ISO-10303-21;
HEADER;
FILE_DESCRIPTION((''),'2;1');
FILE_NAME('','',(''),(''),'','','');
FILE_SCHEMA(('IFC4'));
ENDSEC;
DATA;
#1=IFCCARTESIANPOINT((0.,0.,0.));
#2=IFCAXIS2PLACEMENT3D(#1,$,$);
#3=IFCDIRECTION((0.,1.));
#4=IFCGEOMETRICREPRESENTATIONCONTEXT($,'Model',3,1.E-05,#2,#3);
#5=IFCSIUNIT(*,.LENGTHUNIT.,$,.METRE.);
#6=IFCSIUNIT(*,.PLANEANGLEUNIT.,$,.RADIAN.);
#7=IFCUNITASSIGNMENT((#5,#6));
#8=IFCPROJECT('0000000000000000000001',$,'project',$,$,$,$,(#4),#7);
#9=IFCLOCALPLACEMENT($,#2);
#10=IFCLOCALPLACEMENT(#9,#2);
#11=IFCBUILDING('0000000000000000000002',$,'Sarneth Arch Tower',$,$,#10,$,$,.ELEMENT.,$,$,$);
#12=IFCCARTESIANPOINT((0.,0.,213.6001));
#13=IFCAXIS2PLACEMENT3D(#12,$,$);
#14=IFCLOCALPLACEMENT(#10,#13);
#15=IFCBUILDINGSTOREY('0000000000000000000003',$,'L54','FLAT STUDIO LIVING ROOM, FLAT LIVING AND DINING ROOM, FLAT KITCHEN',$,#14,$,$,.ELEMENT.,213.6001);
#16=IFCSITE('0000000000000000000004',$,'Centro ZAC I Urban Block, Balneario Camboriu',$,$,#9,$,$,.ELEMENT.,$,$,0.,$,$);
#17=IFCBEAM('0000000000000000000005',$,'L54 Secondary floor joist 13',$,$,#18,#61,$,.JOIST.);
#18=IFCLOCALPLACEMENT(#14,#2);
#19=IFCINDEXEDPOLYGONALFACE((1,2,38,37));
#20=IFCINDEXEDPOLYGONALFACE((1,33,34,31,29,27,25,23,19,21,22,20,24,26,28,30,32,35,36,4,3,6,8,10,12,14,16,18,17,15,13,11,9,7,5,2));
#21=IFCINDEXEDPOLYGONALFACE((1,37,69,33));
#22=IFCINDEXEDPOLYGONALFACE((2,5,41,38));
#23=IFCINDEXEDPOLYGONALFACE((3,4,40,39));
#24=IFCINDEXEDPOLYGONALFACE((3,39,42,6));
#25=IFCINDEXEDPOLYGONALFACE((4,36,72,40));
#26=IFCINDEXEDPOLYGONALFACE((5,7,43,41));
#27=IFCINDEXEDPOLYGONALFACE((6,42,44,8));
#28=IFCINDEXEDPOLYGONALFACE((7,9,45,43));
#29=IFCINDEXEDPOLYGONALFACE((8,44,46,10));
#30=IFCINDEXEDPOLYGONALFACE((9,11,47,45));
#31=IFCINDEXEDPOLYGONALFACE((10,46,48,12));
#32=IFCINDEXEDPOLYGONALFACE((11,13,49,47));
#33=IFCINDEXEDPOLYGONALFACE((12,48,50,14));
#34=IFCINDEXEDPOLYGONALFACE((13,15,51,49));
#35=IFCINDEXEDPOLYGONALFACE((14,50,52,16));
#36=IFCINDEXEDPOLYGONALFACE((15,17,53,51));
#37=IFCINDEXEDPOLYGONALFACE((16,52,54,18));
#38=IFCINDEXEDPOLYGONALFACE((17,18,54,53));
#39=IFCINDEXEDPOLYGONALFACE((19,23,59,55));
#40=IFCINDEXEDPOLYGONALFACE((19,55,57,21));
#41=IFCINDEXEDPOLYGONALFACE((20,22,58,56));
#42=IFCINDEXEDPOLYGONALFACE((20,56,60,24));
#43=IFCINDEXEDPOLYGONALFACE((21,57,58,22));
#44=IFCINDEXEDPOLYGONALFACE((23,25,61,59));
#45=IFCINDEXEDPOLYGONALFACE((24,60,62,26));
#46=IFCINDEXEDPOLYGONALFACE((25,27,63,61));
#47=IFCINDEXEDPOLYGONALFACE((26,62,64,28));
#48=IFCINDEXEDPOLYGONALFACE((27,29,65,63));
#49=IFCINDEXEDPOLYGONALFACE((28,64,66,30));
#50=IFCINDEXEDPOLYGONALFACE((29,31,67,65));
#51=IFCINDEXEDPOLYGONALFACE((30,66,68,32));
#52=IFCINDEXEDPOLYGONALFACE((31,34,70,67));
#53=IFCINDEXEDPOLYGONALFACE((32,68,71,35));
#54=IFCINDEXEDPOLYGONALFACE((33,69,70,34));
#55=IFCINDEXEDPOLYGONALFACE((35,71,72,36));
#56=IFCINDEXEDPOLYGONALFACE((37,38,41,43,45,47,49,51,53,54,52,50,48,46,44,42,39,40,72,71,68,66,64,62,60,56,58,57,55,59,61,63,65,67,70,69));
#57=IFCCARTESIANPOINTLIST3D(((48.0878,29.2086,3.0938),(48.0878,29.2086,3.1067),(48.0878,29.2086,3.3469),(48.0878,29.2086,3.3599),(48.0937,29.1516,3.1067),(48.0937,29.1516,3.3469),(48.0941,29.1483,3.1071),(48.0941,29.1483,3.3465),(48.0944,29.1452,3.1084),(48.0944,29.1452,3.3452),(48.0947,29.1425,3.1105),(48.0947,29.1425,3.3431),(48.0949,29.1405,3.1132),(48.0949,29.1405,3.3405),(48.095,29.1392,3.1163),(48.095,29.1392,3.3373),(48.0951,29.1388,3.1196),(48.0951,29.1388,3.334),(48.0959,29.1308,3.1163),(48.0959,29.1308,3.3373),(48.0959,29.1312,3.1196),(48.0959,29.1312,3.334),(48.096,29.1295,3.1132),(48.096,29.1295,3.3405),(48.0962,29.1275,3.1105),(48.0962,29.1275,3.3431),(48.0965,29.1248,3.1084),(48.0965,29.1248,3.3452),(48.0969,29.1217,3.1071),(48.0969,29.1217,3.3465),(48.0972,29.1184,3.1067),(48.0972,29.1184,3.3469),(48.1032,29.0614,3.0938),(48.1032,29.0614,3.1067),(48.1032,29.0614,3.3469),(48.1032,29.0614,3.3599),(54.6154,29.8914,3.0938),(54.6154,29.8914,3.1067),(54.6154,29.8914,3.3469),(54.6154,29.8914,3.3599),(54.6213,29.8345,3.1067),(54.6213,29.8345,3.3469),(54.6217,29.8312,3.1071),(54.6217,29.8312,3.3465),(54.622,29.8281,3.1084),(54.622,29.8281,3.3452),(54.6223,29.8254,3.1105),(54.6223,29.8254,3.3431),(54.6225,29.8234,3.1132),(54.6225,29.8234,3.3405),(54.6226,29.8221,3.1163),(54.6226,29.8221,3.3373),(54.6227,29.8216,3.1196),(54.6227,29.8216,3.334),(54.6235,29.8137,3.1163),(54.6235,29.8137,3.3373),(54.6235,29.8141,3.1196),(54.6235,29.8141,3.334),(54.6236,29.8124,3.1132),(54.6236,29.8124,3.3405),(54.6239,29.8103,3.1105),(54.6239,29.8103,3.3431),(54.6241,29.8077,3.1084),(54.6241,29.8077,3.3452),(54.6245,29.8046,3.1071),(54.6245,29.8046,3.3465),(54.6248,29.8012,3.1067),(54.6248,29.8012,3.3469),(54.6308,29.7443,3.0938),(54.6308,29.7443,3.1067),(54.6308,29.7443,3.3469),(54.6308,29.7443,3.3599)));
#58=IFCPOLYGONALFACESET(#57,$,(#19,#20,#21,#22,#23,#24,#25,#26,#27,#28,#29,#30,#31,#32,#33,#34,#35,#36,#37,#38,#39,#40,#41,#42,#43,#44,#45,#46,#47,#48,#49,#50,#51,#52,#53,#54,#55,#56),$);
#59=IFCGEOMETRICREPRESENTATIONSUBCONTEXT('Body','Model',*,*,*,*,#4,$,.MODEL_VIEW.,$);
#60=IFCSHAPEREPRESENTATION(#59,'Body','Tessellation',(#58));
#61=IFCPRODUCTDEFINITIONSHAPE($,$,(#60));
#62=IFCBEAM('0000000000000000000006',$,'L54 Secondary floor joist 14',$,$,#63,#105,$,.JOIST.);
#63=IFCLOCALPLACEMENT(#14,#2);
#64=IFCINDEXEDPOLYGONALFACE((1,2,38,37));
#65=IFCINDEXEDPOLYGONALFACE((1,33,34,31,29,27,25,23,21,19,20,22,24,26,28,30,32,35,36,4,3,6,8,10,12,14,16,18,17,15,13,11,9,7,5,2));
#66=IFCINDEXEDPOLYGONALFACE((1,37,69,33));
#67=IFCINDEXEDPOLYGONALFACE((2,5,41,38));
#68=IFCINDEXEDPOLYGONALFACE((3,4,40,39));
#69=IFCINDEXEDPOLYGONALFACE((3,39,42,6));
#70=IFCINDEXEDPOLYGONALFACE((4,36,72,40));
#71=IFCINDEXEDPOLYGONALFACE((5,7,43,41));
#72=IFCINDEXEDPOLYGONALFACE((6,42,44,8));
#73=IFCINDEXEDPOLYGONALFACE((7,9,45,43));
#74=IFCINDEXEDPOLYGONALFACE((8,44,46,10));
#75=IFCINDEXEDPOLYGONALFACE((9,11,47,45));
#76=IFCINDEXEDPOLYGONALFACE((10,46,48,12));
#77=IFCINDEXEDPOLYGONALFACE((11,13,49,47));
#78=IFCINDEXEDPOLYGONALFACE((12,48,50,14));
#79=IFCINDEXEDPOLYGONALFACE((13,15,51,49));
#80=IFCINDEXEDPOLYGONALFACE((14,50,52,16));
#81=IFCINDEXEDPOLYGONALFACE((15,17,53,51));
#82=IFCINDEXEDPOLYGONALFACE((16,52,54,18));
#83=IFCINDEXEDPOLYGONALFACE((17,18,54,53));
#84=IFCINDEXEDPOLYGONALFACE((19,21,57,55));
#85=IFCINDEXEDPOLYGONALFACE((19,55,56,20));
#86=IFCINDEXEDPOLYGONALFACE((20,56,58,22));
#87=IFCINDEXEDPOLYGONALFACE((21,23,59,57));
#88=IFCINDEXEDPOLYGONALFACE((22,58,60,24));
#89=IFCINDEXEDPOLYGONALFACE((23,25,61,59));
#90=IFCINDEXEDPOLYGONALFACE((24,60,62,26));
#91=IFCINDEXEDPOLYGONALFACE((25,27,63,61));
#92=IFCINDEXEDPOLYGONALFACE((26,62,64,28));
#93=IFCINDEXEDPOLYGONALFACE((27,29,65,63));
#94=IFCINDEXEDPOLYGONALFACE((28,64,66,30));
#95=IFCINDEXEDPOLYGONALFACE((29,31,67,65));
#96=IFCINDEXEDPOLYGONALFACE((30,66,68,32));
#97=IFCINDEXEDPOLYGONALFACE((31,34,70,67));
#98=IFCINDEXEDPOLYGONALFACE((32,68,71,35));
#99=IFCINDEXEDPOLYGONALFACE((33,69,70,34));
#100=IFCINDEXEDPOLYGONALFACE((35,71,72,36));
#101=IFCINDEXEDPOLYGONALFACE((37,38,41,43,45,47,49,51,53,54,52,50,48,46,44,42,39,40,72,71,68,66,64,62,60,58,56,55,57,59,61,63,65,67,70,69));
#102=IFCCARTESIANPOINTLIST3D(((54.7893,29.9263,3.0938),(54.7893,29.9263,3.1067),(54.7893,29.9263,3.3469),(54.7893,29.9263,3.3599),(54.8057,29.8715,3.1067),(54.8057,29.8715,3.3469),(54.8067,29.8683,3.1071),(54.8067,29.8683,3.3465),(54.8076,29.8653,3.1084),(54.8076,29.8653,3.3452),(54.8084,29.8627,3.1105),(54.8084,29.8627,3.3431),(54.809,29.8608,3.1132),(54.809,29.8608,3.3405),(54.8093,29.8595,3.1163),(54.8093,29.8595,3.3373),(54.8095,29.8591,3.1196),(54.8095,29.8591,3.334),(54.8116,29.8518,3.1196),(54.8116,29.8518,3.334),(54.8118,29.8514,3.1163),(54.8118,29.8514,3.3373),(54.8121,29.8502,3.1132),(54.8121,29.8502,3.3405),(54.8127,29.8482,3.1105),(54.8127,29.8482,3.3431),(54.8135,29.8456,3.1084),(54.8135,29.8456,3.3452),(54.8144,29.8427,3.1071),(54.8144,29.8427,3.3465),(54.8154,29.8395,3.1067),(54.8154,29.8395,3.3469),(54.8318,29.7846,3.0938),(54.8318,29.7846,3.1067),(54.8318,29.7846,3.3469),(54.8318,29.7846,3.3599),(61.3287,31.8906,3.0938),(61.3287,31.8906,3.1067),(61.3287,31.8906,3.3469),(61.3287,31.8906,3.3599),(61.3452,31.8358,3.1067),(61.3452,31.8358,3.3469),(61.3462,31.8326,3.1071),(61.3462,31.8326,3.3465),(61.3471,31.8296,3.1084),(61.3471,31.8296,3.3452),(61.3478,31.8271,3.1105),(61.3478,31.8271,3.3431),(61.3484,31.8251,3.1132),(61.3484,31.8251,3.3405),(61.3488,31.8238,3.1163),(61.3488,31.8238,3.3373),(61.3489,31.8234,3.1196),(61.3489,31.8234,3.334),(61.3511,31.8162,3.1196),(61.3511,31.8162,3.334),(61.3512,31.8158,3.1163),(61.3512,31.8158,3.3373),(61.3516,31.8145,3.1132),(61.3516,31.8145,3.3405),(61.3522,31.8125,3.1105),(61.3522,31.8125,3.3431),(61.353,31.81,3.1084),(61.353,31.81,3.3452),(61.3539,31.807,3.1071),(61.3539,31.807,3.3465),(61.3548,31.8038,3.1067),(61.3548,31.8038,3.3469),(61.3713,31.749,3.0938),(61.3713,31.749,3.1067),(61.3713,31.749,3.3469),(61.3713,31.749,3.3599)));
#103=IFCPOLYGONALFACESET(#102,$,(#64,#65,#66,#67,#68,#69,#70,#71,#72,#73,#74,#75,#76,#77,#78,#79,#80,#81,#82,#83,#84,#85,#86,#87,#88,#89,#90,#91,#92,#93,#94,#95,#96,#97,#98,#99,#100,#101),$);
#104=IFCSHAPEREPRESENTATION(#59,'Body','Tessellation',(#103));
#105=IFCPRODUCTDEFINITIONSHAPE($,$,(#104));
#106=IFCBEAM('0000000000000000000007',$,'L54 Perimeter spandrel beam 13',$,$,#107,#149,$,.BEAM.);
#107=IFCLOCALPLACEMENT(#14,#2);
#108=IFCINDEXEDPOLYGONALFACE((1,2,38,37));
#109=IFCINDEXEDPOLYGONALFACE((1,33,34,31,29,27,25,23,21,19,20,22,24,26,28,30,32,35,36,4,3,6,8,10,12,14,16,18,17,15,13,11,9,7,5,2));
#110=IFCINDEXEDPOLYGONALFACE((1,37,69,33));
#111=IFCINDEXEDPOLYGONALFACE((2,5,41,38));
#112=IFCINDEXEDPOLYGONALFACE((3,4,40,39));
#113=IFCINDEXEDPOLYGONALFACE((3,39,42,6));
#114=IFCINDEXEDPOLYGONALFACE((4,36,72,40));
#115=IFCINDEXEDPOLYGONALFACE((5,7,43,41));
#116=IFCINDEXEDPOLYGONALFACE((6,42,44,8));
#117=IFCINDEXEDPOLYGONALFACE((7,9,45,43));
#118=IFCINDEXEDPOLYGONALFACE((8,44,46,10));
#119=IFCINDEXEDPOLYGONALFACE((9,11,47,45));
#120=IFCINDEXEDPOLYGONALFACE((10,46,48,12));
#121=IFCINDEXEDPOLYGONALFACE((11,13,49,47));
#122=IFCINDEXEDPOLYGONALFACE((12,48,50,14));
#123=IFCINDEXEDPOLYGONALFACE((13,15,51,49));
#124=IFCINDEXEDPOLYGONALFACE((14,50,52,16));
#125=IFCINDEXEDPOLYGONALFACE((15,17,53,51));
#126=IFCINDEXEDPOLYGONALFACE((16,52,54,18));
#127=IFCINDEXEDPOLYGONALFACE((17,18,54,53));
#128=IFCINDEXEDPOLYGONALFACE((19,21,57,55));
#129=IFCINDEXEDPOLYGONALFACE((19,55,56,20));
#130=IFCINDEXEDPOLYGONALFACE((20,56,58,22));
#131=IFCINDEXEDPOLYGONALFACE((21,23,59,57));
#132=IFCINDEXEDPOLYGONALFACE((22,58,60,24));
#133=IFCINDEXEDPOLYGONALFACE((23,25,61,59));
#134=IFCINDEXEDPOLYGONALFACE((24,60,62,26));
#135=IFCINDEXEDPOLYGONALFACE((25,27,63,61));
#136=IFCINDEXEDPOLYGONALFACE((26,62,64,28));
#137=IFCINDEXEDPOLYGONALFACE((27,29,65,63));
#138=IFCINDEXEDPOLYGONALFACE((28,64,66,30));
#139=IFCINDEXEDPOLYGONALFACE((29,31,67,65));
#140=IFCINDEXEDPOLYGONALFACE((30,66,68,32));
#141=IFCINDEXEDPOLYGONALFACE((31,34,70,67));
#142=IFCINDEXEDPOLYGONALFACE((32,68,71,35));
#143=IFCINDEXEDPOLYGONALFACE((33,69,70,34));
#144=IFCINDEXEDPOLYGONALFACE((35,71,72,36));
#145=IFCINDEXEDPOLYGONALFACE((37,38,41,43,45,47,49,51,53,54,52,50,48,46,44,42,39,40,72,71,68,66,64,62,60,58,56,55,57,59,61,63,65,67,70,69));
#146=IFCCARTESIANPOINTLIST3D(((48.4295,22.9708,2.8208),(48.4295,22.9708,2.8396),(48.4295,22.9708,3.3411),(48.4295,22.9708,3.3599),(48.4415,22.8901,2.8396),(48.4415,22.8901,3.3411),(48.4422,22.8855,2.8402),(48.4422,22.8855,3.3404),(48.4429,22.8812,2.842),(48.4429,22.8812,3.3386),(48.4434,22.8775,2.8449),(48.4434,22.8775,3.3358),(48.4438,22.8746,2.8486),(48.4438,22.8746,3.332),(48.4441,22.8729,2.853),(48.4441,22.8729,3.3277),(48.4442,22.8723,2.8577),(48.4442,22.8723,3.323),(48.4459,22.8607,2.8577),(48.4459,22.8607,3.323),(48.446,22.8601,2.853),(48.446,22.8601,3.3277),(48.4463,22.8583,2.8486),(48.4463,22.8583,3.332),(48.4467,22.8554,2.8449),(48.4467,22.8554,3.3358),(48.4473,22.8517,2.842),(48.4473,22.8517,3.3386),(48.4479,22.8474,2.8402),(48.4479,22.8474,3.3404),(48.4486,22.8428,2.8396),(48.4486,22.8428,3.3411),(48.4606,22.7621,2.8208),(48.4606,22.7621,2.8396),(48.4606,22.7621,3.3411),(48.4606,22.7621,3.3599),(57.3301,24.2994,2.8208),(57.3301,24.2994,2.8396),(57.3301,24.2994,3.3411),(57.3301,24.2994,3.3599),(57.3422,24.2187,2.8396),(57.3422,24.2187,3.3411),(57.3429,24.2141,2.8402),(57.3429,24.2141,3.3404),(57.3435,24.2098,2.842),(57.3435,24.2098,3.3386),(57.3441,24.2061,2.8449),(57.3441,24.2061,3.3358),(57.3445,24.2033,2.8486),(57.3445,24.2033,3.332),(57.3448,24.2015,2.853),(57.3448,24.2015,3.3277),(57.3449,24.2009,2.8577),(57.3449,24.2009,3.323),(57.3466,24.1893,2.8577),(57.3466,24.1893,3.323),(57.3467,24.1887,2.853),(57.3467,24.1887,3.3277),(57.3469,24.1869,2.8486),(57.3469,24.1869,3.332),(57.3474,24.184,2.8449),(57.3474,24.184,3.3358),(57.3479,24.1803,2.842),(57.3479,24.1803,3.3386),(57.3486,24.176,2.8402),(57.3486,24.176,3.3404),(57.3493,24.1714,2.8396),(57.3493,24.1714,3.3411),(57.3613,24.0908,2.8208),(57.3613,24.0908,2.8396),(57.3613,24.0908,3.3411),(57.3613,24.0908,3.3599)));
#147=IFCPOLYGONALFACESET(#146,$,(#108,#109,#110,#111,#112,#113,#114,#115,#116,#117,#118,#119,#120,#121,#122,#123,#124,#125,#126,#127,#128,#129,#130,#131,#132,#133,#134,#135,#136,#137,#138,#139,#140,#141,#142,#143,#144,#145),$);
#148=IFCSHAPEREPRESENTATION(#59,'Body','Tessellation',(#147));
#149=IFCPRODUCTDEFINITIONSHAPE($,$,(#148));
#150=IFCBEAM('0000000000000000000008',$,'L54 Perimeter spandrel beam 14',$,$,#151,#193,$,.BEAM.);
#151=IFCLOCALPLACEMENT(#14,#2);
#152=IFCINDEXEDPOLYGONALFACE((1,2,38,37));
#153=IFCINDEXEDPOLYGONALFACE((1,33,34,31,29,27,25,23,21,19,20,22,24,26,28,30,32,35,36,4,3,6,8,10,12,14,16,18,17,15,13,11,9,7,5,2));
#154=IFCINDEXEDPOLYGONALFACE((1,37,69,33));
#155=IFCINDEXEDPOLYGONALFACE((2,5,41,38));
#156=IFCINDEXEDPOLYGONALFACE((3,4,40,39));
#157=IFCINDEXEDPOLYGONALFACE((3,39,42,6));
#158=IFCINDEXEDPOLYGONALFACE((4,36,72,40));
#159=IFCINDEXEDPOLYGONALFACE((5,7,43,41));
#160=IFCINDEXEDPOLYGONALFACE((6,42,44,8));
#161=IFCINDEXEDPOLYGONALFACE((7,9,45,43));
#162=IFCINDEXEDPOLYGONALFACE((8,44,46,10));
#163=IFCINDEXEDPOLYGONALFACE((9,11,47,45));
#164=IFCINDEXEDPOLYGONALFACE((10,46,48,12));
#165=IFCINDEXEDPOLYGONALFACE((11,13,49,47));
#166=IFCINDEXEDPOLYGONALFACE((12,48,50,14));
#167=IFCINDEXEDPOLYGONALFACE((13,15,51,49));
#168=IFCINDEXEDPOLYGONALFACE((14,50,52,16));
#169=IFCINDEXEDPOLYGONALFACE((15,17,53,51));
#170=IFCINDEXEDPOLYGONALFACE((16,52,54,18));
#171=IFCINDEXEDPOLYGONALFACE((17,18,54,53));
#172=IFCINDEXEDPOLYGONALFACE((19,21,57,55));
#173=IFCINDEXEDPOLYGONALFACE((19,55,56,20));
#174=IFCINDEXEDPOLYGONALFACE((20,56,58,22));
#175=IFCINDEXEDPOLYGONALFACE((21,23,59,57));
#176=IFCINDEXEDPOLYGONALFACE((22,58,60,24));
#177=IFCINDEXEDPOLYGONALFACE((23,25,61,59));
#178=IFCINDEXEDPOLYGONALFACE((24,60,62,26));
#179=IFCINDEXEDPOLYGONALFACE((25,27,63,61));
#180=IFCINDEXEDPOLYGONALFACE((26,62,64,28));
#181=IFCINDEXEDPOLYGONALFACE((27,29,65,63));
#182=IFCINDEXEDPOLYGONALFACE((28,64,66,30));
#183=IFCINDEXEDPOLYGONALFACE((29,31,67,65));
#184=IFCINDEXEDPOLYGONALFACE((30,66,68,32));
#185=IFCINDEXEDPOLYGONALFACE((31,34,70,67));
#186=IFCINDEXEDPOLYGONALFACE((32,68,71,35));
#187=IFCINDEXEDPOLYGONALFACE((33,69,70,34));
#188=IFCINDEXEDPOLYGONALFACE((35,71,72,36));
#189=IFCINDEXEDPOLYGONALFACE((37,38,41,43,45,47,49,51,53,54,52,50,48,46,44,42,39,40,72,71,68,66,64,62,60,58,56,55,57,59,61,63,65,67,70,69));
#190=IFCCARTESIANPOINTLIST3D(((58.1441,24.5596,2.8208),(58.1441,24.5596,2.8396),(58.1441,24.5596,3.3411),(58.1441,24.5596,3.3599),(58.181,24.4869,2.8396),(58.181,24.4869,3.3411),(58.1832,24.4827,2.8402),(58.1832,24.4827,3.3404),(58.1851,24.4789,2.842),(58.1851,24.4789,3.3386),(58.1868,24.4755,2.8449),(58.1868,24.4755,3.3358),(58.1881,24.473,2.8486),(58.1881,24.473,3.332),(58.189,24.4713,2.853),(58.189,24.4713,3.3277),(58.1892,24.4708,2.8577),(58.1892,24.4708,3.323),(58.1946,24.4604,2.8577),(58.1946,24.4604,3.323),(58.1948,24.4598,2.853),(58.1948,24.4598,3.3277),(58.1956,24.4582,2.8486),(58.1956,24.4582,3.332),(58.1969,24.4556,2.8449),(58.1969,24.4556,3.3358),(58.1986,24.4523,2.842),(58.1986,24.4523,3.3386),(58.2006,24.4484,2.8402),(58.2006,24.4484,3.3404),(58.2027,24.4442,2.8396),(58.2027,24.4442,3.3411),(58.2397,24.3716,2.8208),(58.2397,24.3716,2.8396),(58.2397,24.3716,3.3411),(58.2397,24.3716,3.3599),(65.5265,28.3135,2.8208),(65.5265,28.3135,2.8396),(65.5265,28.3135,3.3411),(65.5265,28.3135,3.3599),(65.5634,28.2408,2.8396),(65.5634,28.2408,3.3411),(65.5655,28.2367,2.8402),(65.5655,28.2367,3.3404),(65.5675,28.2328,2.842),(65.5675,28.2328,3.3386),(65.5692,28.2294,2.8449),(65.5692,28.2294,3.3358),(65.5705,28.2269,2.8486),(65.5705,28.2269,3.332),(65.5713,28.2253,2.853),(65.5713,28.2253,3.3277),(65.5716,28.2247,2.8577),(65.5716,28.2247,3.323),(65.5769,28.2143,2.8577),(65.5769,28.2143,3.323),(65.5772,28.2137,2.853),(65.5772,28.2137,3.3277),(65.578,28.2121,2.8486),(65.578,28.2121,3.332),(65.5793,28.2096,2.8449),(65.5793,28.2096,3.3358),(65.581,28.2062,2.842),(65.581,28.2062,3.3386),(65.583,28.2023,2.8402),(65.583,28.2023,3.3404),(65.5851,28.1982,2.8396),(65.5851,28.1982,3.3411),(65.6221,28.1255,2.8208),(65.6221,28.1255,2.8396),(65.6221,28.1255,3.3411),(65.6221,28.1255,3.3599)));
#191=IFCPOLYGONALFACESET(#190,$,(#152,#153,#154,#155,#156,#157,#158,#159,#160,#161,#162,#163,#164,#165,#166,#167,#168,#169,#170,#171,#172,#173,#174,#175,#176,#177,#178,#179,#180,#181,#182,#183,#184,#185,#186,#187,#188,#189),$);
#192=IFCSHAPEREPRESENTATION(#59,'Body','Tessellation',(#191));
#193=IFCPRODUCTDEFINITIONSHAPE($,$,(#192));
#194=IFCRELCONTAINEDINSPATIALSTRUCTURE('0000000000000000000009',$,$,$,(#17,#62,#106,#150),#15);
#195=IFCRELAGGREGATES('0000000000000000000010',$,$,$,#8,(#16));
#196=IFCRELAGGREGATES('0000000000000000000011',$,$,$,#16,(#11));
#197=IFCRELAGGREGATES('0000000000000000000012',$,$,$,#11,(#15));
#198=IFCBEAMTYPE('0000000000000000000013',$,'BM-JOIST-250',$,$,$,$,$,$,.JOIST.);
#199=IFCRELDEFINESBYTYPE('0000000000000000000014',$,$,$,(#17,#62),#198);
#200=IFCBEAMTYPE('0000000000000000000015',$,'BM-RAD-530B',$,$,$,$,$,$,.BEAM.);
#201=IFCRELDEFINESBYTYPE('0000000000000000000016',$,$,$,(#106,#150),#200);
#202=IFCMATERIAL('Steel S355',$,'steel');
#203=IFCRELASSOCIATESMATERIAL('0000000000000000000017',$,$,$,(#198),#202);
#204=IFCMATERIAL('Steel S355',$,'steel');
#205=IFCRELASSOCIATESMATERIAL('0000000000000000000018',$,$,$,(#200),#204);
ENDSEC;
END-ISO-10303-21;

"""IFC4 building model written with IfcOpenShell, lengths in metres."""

from ifc_helpers import new_model, si_unit, direction, frame, origin, origin_2d, place, context, subcontext, project, spatial, i_section, extrude, material, material_profile, profile_set, type_object, element, save


model = new_model("IFC4")

# Units and contexts
model_context = context("Model", 3, precision=1e-05, world=origin(), true_north=direction((0.0, 1.0)))
body_context = subcontext(model_context, "Body", "Model", "MODEL_VIEW")
ifc_project = project(units=[si_unit("LENGTHUNIT", "METRE"), si_unit("PLANEANGLEUNIT", "RADIAN")], contexts=[model_context])

# Site, building, storey
site_placement = place(None, origin())
site = spatial("IfcSite", under=ifc_project, at=site_placement, Name="Centro ZAC I Urban Block, Balneario Camboriu", CompositionType="ELEMENT", RefElevation=0.0)
building_placement = place(site_placement, origin())
building = spatial("IfcBuilding", under=site, at=building_placement, Name="Sarneth Arch Tower", CompositionType="ELEMENT")
storey_placement = place(building_placement, frame((0.0, 0.0, 213.6001)))
storey = spatial("IfcBuildingStorey", under=building, at=storey_placement, Name="L54", Description="FLAT STUDIO LIVING ROOM, FLAT LIVING AND DINING ROOM, FLAT KITCHEN", CompositionType="ELEMENT", Elevation=213.6001)

# Beams
ifc_material_1 = material(Name="Steel S355", Category="steel")
ifc_material_profile_1 = material_profile(ifc_material_1, i_section(OverallWidth=0.1479, OverallDepth=0.2661, WebThickness=0.0076, FlangeThickness=0.0129, FilletRadius=0.0129, at=origin_2d()), Name="W250x44.8")
ifc_profile_set_1 = profile_set([ifc_material_profile_1], Name="Steel S355")
beam_type_1 = type_object("IfcBeamType", Name="BM-JOIST-250", PredefinedType="JOIST", material=ifc_profile_set_1)
beam_1_placement = place(storey_placement, frame((48.0955, 29.135, 3.2268), z_axis=(0.994573, 0.104044, 0.0), x_axis=(-0.104044, 0.994573, 0.0)))
element("IfcBeam", 1, at=beam_1_placement, inside=storey, type_object=beam_type_1, Name="L54 Secondary floor joist 13", PredefinedType="JOIST", context=body_context, shape_type="SweptSolid", body=[
    extrude(i_section(OverallWidth=0.1479, OverallDepth=0.2661, WebThickness=0.0076, FlangeThickness=0.0129, FilletRadius=0.0129, at=origin_2d()), origin(), (0.0, 0.0, 1.0), 6.5632),
])
beam_2_placement = place(storey_placement, frame((54.8105, 29.8555, 3.2268), z_axis=(0.957726, 0.287682, 0.0), x_axis=(-0.287682, 0.957726, 0.0)))
element("IfcBeam", 2, at=beam_2_placement, inside=storey, type_object=beam_type_1, Name="L54 Secondary floor joist 14", PredefinedType="JOIST", context=body_context, shape_type="SweptSolid", body=[
    extrude(i_section(OverallWidth=0.1479, OverallDepth=0.2661, WebThickness=0.0076, FlangeThickness=0.0129, FilletRadius=0.0129, at=origin_2d()), origin(), (0.0, 0.0, 1.0), 6.8281),
])
ifc_material_2 = material(Name="Steel S355", Category="steel")
ifc_material_profile_2 = material_profile(ifc_material_2, i_section(OverallWidth=0.2109, OverallDepth=0.5391, WebThickness=0.0117, FlangeThickness=0.0188, FilletRadius=0.0181, at=origin_2d()), Name="W530x109")
ifc_profile_set_2 = profile_set([ifc_material_profile_2], Name="Steel S355")
beam_type_2 = type_object("IfcBeamType", Name="BM-RAD-530B", PredefinedType="BEAM", material=ifc_profile_set_2)
beam_3_placement = place(storey_placement, frame((48.4451, 22.8665, 3.0903), z_axis=(0.989042, 0.147636, 0.0), x_axis=(-0.147636, 0.989042, 0.0)))
element("IfcBeam", 3, at=beam_3_placement, inside=storey, type_object=beam_type_2, Name="L54 Perimeter spandrel beam 13", PredefinedType="BEAM", context=body_context, shape_type="SweptSolid", body=[
    extrude(i_section(OverallWidth=0.2109, OverallDepth=0.5391, WebThickness=0.0117, FlangeThickness=0.0188, FilletRadius=0.0181, at=origin_2d()), origin(), (0.0, 0.0, 1.0), 8.9993),
])
beam_4_placement = place(storey_placement, frame((58.1919, 24.4656, 3.0903), z_axis=(0.891376, 0.453264, 0.0), x_axis=(-0.453264, 0.891376, 0.0)))
element("IfcBeam", 4, at=beam_4_placement, inside=storey, type_object=beam_type_2, Name="L54 Perimeter spandrel beam 14", PredefinedType="BEAM", context=body_context, shape_type="SweptSolid", body=[
    extrude(i_section(OverallWidth=0.2109, OverallDepth=0.5391, WebThickness=0.0117, FlangeThickness=0.0188, FilletRadius=0.0181, at=origin_2d()), origin(), (0.0, 0.0, 1.0), 8.282),
])

save(model, "model.ifc")
